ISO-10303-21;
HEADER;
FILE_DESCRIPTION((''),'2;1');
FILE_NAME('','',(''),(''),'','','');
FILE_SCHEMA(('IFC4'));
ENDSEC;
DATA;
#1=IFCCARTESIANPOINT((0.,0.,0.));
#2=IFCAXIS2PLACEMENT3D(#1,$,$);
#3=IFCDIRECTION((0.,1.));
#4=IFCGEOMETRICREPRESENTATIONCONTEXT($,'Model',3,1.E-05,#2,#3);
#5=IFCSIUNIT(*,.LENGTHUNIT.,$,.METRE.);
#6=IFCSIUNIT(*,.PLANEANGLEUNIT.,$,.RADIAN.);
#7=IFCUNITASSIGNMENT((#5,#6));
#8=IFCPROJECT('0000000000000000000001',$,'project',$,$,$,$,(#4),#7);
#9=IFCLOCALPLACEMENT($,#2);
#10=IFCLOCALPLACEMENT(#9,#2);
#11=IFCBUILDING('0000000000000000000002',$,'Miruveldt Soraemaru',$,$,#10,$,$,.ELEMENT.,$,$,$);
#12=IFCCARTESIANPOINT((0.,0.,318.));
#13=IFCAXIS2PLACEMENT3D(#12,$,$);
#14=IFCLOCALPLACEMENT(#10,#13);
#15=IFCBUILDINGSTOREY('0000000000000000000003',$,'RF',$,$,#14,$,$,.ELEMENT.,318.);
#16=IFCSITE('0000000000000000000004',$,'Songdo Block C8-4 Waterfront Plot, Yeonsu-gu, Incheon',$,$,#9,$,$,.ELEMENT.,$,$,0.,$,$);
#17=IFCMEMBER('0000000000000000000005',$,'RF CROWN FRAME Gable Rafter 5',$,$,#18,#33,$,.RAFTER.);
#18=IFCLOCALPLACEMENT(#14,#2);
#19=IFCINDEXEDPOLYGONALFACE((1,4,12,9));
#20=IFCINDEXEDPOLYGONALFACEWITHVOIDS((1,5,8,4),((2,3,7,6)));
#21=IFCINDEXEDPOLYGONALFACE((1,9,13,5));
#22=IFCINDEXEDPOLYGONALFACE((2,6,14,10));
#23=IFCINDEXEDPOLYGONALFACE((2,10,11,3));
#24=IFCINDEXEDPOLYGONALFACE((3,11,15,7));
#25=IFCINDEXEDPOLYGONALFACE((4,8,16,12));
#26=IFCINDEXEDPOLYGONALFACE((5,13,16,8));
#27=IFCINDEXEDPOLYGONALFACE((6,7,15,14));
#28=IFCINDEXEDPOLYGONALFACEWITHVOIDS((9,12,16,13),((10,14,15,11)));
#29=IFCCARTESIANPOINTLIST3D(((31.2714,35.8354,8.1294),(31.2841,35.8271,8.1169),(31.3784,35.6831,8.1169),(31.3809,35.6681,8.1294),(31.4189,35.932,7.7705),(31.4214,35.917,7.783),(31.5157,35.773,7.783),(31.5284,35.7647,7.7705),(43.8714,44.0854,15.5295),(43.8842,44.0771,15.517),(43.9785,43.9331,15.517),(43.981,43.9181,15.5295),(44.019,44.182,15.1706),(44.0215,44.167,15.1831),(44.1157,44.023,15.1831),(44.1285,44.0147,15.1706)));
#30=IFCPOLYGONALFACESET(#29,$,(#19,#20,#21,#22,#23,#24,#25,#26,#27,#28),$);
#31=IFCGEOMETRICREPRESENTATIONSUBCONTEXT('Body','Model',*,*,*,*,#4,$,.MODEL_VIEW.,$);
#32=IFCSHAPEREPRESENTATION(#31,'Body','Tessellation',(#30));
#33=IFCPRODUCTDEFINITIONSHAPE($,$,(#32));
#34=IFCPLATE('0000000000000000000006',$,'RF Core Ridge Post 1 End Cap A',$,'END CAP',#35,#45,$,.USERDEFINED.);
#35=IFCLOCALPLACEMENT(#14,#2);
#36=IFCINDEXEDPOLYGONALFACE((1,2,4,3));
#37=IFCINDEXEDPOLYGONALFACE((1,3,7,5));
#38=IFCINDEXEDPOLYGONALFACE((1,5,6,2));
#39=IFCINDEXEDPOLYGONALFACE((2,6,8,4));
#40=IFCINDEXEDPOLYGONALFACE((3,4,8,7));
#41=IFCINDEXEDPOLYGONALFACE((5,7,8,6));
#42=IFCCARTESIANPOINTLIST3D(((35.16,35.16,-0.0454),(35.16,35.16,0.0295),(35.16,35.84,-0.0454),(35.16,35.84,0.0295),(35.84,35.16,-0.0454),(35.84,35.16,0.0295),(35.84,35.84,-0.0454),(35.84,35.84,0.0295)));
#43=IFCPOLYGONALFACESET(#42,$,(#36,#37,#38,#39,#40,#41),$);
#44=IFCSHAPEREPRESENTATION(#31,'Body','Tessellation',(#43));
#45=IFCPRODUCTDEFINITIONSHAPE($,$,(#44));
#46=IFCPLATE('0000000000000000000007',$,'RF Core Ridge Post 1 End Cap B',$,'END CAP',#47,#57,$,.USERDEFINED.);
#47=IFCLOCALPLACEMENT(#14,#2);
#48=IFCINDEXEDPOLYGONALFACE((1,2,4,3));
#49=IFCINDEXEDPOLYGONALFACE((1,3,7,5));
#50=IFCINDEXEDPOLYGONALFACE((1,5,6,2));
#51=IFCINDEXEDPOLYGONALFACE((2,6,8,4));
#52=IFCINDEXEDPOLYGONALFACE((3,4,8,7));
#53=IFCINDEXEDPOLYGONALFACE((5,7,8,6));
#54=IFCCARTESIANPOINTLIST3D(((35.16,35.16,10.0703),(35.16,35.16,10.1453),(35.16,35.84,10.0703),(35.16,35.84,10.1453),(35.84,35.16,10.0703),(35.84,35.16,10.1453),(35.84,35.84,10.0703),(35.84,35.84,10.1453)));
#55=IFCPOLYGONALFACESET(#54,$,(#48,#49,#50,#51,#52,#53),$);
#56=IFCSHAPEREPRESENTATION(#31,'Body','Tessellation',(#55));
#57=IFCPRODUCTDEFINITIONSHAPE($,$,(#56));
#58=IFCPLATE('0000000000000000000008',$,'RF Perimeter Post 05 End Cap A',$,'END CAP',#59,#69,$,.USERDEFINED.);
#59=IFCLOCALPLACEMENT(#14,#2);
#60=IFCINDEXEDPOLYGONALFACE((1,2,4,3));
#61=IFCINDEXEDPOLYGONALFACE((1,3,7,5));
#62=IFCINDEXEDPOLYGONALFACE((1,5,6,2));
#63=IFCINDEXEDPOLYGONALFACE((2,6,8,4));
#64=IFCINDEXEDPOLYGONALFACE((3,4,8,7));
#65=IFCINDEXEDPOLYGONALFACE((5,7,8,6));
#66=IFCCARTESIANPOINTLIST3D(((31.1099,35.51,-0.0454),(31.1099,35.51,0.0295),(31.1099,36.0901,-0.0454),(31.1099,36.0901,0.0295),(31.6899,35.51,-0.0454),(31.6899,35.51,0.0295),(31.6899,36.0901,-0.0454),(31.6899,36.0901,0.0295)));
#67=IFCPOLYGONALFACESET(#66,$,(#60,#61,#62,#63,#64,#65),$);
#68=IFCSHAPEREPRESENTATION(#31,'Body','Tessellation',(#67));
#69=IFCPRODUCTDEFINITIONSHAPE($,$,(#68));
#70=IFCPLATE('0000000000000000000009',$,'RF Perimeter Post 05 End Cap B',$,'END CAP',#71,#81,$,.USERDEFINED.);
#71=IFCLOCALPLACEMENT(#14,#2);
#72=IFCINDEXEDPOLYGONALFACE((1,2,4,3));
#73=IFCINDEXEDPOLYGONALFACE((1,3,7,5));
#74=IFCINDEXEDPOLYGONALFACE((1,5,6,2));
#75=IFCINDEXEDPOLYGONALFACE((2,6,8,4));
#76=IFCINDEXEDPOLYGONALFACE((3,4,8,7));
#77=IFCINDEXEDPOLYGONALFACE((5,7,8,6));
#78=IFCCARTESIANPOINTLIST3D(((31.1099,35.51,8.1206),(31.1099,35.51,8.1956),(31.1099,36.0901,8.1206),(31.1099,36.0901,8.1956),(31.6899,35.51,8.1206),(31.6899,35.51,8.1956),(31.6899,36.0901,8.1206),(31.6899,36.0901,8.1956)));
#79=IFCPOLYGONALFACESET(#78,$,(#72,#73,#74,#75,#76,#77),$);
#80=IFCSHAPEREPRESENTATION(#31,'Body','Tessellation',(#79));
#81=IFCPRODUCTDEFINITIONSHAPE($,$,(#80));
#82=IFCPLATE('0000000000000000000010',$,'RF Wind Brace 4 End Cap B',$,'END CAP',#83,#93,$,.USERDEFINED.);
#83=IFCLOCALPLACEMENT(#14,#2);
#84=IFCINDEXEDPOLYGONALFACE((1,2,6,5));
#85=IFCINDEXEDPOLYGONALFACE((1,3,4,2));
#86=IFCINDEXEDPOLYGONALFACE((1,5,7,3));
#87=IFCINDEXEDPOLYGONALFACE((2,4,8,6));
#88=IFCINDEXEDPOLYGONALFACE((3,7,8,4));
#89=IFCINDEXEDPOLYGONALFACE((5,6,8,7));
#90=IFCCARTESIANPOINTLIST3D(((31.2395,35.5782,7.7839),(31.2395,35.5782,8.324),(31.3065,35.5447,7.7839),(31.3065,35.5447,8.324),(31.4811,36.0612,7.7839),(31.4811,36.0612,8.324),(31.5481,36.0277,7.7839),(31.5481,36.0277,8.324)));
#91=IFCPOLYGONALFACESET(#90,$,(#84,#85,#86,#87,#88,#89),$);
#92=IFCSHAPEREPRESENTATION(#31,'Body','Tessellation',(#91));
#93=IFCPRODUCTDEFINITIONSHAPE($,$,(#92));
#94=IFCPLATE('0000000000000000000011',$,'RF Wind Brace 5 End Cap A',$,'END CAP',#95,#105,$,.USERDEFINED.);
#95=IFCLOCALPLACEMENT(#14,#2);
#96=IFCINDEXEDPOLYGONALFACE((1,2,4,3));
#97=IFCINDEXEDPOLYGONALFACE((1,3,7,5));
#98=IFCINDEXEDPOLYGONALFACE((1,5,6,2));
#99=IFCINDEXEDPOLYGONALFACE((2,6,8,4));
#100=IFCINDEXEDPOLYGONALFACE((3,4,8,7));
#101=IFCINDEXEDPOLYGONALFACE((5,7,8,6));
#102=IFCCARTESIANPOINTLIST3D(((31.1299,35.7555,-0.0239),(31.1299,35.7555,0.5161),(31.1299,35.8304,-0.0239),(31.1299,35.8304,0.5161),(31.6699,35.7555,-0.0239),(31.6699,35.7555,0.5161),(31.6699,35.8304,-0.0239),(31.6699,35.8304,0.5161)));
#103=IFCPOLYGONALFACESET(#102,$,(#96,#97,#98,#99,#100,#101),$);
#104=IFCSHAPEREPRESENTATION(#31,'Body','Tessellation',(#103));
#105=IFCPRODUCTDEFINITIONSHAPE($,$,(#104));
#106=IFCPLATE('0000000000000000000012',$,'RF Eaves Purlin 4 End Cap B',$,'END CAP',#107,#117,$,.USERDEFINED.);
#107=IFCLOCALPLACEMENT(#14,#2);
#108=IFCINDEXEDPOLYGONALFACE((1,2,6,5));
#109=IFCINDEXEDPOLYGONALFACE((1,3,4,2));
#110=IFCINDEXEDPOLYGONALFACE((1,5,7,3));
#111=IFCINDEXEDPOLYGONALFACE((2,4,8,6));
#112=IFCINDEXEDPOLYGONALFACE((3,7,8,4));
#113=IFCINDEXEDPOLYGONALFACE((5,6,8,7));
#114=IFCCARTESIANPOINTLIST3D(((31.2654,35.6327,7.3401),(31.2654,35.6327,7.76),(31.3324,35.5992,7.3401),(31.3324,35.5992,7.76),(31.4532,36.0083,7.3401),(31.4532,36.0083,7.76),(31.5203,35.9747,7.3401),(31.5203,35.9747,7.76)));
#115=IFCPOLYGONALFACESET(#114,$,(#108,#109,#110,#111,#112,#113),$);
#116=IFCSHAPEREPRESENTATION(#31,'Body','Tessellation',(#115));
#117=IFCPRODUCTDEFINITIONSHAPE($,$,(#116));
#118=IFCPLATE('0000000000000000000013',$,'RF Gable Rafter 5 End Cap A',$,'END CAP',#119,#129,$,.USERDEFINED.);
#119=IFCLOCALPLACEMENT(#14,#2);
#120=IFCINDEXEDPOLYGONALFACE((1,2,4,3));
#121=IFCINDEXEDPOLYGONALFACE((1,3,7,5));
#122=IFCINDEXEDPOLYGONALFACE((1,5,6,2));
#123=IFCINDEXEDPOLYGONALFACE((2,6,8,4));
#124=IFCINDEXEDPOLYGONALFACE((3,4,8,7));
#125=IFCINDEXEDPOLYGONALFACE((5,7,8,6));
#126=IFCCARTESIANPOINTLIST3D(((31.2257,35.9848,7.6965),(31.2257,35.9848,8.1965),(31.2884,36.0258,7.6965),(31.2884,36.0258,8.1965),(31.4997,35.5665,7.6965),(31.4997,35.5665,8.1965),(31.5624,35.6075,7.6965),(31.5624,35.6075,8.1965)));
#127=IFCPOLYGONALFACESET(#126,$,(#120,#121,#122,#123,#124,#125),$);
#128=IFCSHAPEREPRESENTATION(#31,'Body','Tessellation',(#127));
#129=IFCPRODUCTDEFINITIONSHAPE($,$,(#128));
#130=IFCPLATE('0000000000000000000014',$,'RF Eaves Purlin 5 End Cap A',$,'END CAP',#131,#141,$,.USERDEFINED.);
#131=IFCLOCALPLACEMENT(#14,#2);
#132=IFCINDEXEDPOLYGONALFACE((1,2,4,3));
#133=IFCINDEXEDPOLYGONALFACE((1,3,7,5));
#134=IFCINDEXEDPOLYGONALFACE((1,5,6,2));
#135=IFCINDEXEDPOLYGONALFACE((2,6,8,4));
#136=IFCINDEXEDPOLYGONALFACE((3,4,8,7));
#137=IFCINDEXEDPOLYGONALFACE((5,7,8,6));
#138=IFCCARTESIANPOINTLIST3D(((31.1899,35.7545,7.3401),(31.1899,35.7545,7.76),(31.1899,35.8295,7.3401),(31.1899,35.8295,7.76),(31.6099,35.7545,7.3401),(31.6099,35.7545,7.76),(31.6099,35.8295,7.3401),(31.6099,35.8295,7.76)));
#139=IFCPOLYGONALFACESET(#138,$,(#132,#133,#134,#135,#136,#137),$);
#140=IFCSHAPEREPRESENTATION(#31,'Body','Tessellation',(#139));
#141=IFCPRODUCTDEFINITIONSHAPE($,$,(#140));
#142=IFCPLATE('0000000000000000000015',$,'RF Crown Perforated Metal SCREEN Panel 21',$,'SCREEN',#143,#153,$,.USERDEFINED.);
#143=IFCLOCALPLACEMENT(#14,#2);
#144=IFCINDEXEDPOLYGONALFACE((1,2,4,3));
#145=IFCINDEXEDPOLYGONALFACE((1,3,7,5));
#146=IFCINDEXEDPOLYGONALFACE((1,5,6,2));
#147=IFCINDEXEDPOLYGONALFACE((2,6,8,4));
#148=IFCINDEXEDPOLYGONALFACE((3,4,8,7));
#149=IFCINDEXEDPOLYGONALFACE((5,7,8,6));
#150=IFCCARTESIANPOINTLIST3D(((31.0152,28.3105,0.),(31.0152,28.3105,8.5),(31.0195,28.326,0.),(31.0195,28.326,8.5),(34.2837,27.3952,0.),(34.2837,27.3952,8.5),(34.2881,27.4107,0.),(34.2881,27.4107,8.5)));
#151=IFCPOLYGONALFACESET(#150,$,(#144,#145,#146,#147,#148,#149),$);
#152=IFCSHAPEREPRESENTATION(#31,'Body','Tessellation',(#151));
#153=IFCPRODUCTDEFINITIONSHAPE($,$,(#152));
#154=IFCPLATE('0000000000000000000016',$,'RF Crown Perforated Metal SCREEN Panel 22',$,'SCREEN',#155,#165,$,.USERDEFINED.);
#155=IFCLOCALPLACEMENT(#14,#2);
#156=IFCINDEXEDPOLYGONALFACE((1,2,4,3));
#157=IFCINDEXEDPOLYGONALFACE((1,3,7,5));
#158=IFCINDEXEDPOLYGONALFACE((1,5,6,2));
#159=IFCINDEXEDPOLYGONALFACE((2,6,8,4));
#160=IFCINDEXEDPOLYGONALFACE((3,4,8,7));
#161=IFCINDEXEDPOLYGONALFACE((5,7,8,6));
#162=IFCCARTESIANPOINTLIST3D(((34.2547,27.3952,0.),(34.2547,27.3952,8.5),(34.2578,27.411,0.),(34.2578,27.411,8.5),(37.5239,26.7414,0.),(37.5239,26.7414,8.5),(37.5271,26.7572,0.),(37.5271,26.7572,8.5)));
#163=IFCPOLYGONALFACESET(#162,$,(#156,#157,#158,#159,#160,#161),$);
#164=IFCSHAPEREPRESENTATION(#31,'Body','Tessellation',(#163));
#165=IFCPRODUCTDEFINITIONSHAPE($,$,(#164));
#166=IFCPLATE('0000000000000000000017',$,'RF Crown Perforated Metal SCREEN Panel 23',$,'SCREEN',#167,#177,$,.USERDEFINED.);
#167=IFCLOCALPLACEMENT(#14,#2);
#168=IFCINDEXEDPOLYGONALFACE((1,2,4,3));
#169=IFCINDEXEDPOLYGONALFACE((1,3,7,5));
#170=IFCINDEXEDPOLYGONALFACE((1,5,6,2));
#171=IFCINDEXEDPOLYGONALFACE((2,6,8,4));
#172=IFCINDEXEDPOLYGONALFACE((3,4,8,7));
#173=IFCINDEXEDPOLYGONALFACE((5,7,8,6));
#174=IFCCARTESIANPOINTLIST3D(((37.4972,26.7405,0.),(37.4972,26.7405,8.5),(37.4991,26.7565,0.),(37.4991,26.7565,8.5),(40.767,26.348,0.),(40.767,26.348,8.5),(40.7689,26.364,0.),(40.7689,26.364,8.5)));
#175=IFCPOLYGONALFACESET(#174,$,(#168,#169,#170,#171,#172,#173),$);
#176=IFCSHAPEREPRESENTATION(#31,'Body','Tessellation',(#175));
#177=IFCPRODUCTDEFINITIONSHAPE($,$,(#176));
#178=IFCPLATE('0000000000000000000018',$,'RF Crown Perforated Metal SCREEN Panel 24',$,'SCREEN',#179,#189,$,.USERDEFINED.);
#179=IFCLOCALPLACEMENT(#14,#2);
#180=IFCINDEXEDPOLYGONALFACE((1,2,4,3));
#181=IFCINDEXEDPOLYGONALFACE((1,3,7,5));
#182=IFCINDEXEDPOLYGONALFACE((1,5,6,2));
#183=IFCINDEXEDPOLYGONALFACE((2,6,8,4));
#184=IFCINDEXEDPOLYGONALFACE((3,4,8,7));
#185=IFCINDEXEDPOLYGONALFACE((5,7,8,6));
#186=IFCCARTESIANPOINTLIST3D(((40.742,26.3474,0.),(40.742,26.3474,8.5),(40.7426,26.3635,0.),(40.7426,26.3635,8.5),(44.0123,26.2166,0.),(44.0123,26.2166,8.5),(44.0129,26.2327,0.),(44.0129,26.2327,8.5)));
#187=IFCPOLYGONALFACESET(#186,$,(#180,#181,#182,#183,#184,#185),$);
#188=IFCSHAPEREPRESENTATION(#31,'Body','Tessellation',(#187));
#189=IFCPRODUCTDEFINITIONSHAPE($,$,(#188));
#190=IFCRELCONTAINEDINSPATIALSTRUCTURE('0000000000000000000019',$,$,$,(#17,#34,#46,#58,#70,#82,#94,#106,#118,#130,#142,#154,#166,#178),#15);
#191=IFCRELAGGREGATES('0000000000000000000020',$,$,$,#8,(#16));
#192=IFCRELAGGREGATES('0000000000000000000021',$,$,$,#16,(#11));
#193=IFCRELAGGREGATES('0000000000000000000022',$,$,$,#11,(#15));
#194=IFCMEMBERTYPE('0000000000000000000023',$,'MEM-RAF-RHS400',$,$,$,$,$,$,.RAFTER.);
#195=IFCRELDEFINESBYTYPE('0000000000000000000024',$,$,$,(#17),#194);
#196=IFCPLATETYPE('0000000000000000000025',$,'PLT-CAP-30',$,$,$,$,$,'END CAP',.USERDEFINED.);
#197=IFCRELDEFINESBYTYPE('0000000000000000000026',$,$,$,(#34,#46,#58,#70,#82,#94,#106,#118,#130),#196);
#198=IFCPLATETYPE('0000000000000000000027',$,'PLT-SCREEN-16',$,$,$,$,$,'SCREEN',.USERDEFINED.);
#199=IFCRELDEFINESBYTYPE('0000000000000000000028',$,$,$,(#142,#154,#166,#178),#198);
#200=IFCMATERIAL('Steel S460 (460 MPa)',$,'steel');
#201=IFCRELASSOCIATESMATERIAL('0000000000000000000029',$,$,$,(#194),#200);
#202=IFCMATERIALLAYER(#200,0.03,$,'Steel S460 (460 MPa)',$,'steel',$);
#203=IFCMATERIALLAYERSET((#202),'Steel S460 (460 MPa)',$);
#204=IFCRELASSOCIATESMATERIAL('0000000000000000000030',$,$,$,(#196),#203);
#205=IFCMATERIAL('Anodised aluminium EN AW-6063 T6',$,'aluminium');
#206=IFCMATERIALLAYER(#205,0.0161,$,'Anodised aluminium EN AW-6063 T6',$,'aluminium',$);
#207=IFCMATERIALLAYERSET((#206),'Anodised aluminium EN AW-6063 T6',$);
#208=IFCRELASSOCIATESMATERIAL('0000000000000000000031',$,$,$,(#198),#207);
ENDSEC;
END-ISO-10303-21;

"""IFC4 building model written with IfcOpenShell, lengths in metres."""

from ifc_helpers import new_model, si_unit, direction, frame, origin, origin_2d, place, context, subcontext, project, spatial, rectangle, hollow_rectangle, extrude, material, layer, layer_set, material_profile, profile_set, type_object, element, save


model = new_model("IFC4")

# Units and contexts
model_context = context("Model", 3, precision=1e-05, world=origin(), true_north=direction((0.0, 1.0)))
body_context = subcontext(model_context, "Body", "Model", "MODEL_VIEW")
ifc_project = project(units=[si_unit("LENGTHUNIT", "METRE"), si_unit("PLANEANGLEUNIT", "RADIAN")], contexts=[model_context])

# Site, building, storey
site_placement = place(None, origin())
site = spatial("IfcSite", under=ifc_project, at=site_placement, Name="Songdo Block C8-4 Waterfront Plot, Yeonsu-gu, Incheon", CompositionType="ELEMENT", RefElevation=0.0)
building_placement = place(site_placement, origin())
building = spatial("IfcBuilding", under=site, at=building_placement, Name="Miruveldt Soraemaru", CompositionType="ELEMENT")
storey_placement = place(building_placement, frame((0.0, 0.0, 318.0)))
storey = spatial("IfcBuildingStorey", under=building, at=storey_placement, Name="RF", CompositionType="ELEMENT", Elevation=318.0)

# Shared definitions
ifc_material_1 = material(Name="Steel S460 (460 MPa)", Category="steel")

# Member
ifc_material_profile_1 = material_profile(ifc_material_1, hollow_rectangle(XDim=0.2, YDim=0.3999, WallThickness=0.0139, at=origin_2d()), Name="Steel S460 (460 MPa)", Category="steel")
ifc_profile_set_1 = profile_set([ifc_material_profile_1], Name="Steel S460 (460 MPa)")
member_type_1 = type_object("IfcMemberType", Name="MEM-RAF-RHS400", PredefinedType="RAFTER", material=ifc_profile_set_1)
member_1_placement = place(storey_placement, frame((31.3999, 35.8, 7.95), z_axis=(0.750875, 0.49164, 0.440995), x_axis=(-0.547783, 0.83662, 0.0)))
element("IfcMember", 1, at=member_1_placement, inside=storey, type_object=member_type_1, Name="RF CROWN FRAME Gable Rafter 5", PredefinedType="RAFTER", context=body_context, shape_type="SweptSolid", body=[
    extrude(hollow_rectangle(XDim=0.2, YDim=0.3999, WallThickness=0.0139, at=origin_2d()), origin(), (0.0, 0.0, 1.0), 16.7805),
])

# Plates
ifc_layer_1 = layer(ifc_material_1, 0.03, Name="Steel S460 (460 MPa)", Category="steel")
ifc_layer_set_1 = layer_set([ifc_layer_1], Name="Steel S460 (460 MPa)")
plate_type_1 = type_object("IfcPlateType", Name="PLT-CAP-30", ElementType="END CAP", PredefinedType="USERDEFINED", material=ifc_layer_set_1)
for number, where, z_axis, x_axis, name in (
    (2, (35.5, 35.5, -0.0454), (0.0, 0.0, 1.0), (1.0, 0.0, 0.0), "RF Core Ridge Post 1 End Cap A"),
    (3, (35.5, 35.5, 10.0703), (0.0, 0.0, 1.0), (1.0, 0.0, 0.0), "RF Core Ridge Post 1 End Cap B"),
):
    element("IfcPlate", number, at=place(storey_placement, frame(where, z_axis=z_axis, x_axis=x_axis)), inside=storey, type_object=plate_type_1, Name=name, ObjectType="END CAP", PredefinedType="USERDEFINED", context=body_context, shape_type="SweptSolid", body=[
        extrude(rectangle(XDim=0.6799, YDim=0.6799, at=origin_2d()), origin(), (0.0, 0.0, 1.0), 0.075),
    ])
for number, where, z_axis, x_axis, name in (
    (4, (31.3999, 35.8, -0.0454), (0.0, 0.0, 1.0), (1.0, 0.0, 0.0), "RF Perimeter Post 05 End Cap A"),
    (5, (31.3999, 35.8, 8.1206), (0.0, 0.0, 1.0), (1.0, 0.0, 0.0), "RF Perimeter Post 05 End Cap B"),
):
    element("IfcPlate", number, at=place(storey_placement, frame(where, z_axis=z_axis, x_axis=x_axis)), inside=storey, type_object=plate_type_1, Name=name, ObjectType="END CAP", PredefinedType="USERDEFINED", context=body_context, shape_type="SweptSolid", body=[
        extrude(rectangle(XDim=0.5801, YDim=0.5801, at=origin_2d()), origin(), (0.0, 0.0, 1.0), 0.075),
    ])
for number, where, z_axis, x_axis, name in (
    (6, (31.3938, 35.803, 7.7839), (0.0, 0.0, 1.0), (-0.894389, 0.447291, 0.0), "RF Wind Brace 4 End Cap B"),
    (7, (31.3999, 35.793, -0.0239), (0.0, 0.0, 1.0), (0.0, -1.0, 0.0), "RF Wind Brace 5 End Cap A"),
):
    element("IfcPlate", number, at=place(storey_placement, frame(where, z_axis=z_axis, x_axis=x_axis)), inside=storey, type_object=plate_type_1, Name=name, ObjectType="END CAP", PredefinedType="USERDEFINED", context=body_context, shape_type="SweptSolid", body=[
        extrude(rectangle(XDim=0.075, YDim=0.54, at=origin_2d()), origin(), (0.0, 0.0, 1.0), 0.54),
    ])
plate_1_placement = place(storey_placement, frame((31.3928, 35.8037, 7.3401), z_axis=(0.0, 0.0, 1.0), x_axis=(-0.894389, 0.447291, 0.0)))
element("IfcPlate", 8, at=plate_1_placement, inside=storey, type_object=plate_type_1, Name="RF Eaves Purlin 4 End Cap B", ObjectType="END CAP", PredefinedType="USERDEFINED", context=body_context, shape_type="SweptSolid", body=[
    extrude(rectangle(XDim=0.075, YDim=0.4199, at=origin_2d()), origin(), (0.0, 0.0, 1.0), 0.4199),
])
plate_2_placement = place(storey_placement, frame((31.394, 35.7961, 7.6965), z_axis=(0.0, 0.0, 1.0), x_axis=(-0.836573, -0.547855, 0.0)))
element("IfcPlate", 9, at=plate_2_placement, inside=storey, type_object=plate_type_1, Name="RF Gable Rafter 5 End Cap A", ObjectType="END CAP", PredefinedType="USERDEFINED", context=body_context, shape_type="SweptSolid", body=[
    extrude(rectangle(XDim=0.075, YDim=0.5, at=origin_2d()), origin(), (0.0, 0.0, 1.0), 0.5),
])
plate_3_placement = place(storey_placement, frame((31.3999, 35.792, 7.3401), z_axis=(0.0, 0.0, 1.0), x_axis=(0.0, -1.0, 0.0)))
element("IfcPlate", 10, at=plate_3_placement, inside=storey, type_object=plate_type_1, Name="RF Eaves Purlin 5 End Cap A", ObjectType="END CAP", PredefinedType="USERDEFINED", context=body_context, shape_type="SweptSolid", body=[
    extrude(rectangle(XDim=0.075, YDim=0.4199, at=origin_2d()), origin(), (0.0, 0.0, 1.0), 0.4199),
])
ifc_material_2 = material(Name="Anodised aluminium EN AW-6063 T6", Category="aluminium")
ifc_layer_2 = layer(ifc_material_2, 0.0161, Name="Anodised aluminium EN AW-6063 T6", Category="aluminium")
ifc_layer_set_2 = layer_set([ifc_layer_2], Name="Anodised aluminium EN AW-6063 T6")
plate_type_2 = type_object("IfcPlateType", Name="PLT-SCREEN-16", ElementType="SCREEN", PredefinedType="USERDEFINED", material=ifc_layer_set_2)
plate_4_placement = place(storey_placement, frame((32.6516, 27.8606, 0.0), z_axis=(0.0, 0.0, 1.0), x_axis=(0.96296, -0.269643, 0.0)))
element("IfcPlate", 11, at=plate_4_placement, inside=storey, type_object=plate_type_2, Name="RF Crown Perforated Metal SCREEN Panel 21", ObjectType="SCREEN", PredefinedType="USERDEFINED", context=body_context, shape_type="SweptSolid", body=[
    extrude(rectangle(XDim=3.3943, YDim=0.0161, at=origin_2d()), origin(), (0.0, 0.0, 1.0), 8.5),
])
plate_5_placement = place(storey_placement, frame((35.8909, 27.0762, 0.0), z_axis=(0.0, 0.0, 1.0), x_axis=(0.980584, -0.1961, 0.0)))
element("IfcPlate", 12, at=plate_5_placement, inside=storey, type_object=plate_type_2, Name="RF Crown Perforated Metal SCREEN Panel 22", ObjectType="SCREEN", PredefinedType="USERDEFINED", context=body_context, shape_type="SweptSolid", body=[
    extrude(rectangle(XDim=3.334, YDim=0.0161, at=origin_2d()), origin(), (0.0, 0.0, 1.0), 8.5),
])
plate_6_placement = place(storey_placement, frame((39.1331, 26.5522, 0.0), z_axis=(0.0, 0.0, 1.0), x_axis=(0.992874, -0.119166, 0.0)))
element("IfcPlate", 13, at=plate_6_placement, inside=storey, type_object=plate_type_2, Name="RF Crown Perforated Metal SCREEN Panel 23", ObjectType="SCREEN", PredefinedType="USERDEFINED", context=body_context, shape_type="SweptSolid", body=[
    extrude(rectangle(XDim=3.2932, YDim=0.0161, at=origin_2d()), origin(), (0.0, 0.0, 1.0), 8.5),
])
plate_7_placement = place(storey_placement, frame((42.3774, 26.29, 0.0), z_axis=(0.0, 0.0, 1.0), x_axis=(0.999201, -0.039957, 0.0)))
element("IfcPlate", 14, at=plate_7_placement, inside=storey, type_object=plate_type_2, Name="RF Crown Perforated Metal SCREEN Panel 24", ObjectType="SCREEN", PredefinedType="USERDEFINED", context=body_context, shape_type="SweptSolid", body=[
    extrude(rectangle(XDim=3.2729, YDim=0.0161, at=origin_2d()), origin(), (0.0, 0.0, 1.0), 8.5),
])

save(model, "model.ifc")
